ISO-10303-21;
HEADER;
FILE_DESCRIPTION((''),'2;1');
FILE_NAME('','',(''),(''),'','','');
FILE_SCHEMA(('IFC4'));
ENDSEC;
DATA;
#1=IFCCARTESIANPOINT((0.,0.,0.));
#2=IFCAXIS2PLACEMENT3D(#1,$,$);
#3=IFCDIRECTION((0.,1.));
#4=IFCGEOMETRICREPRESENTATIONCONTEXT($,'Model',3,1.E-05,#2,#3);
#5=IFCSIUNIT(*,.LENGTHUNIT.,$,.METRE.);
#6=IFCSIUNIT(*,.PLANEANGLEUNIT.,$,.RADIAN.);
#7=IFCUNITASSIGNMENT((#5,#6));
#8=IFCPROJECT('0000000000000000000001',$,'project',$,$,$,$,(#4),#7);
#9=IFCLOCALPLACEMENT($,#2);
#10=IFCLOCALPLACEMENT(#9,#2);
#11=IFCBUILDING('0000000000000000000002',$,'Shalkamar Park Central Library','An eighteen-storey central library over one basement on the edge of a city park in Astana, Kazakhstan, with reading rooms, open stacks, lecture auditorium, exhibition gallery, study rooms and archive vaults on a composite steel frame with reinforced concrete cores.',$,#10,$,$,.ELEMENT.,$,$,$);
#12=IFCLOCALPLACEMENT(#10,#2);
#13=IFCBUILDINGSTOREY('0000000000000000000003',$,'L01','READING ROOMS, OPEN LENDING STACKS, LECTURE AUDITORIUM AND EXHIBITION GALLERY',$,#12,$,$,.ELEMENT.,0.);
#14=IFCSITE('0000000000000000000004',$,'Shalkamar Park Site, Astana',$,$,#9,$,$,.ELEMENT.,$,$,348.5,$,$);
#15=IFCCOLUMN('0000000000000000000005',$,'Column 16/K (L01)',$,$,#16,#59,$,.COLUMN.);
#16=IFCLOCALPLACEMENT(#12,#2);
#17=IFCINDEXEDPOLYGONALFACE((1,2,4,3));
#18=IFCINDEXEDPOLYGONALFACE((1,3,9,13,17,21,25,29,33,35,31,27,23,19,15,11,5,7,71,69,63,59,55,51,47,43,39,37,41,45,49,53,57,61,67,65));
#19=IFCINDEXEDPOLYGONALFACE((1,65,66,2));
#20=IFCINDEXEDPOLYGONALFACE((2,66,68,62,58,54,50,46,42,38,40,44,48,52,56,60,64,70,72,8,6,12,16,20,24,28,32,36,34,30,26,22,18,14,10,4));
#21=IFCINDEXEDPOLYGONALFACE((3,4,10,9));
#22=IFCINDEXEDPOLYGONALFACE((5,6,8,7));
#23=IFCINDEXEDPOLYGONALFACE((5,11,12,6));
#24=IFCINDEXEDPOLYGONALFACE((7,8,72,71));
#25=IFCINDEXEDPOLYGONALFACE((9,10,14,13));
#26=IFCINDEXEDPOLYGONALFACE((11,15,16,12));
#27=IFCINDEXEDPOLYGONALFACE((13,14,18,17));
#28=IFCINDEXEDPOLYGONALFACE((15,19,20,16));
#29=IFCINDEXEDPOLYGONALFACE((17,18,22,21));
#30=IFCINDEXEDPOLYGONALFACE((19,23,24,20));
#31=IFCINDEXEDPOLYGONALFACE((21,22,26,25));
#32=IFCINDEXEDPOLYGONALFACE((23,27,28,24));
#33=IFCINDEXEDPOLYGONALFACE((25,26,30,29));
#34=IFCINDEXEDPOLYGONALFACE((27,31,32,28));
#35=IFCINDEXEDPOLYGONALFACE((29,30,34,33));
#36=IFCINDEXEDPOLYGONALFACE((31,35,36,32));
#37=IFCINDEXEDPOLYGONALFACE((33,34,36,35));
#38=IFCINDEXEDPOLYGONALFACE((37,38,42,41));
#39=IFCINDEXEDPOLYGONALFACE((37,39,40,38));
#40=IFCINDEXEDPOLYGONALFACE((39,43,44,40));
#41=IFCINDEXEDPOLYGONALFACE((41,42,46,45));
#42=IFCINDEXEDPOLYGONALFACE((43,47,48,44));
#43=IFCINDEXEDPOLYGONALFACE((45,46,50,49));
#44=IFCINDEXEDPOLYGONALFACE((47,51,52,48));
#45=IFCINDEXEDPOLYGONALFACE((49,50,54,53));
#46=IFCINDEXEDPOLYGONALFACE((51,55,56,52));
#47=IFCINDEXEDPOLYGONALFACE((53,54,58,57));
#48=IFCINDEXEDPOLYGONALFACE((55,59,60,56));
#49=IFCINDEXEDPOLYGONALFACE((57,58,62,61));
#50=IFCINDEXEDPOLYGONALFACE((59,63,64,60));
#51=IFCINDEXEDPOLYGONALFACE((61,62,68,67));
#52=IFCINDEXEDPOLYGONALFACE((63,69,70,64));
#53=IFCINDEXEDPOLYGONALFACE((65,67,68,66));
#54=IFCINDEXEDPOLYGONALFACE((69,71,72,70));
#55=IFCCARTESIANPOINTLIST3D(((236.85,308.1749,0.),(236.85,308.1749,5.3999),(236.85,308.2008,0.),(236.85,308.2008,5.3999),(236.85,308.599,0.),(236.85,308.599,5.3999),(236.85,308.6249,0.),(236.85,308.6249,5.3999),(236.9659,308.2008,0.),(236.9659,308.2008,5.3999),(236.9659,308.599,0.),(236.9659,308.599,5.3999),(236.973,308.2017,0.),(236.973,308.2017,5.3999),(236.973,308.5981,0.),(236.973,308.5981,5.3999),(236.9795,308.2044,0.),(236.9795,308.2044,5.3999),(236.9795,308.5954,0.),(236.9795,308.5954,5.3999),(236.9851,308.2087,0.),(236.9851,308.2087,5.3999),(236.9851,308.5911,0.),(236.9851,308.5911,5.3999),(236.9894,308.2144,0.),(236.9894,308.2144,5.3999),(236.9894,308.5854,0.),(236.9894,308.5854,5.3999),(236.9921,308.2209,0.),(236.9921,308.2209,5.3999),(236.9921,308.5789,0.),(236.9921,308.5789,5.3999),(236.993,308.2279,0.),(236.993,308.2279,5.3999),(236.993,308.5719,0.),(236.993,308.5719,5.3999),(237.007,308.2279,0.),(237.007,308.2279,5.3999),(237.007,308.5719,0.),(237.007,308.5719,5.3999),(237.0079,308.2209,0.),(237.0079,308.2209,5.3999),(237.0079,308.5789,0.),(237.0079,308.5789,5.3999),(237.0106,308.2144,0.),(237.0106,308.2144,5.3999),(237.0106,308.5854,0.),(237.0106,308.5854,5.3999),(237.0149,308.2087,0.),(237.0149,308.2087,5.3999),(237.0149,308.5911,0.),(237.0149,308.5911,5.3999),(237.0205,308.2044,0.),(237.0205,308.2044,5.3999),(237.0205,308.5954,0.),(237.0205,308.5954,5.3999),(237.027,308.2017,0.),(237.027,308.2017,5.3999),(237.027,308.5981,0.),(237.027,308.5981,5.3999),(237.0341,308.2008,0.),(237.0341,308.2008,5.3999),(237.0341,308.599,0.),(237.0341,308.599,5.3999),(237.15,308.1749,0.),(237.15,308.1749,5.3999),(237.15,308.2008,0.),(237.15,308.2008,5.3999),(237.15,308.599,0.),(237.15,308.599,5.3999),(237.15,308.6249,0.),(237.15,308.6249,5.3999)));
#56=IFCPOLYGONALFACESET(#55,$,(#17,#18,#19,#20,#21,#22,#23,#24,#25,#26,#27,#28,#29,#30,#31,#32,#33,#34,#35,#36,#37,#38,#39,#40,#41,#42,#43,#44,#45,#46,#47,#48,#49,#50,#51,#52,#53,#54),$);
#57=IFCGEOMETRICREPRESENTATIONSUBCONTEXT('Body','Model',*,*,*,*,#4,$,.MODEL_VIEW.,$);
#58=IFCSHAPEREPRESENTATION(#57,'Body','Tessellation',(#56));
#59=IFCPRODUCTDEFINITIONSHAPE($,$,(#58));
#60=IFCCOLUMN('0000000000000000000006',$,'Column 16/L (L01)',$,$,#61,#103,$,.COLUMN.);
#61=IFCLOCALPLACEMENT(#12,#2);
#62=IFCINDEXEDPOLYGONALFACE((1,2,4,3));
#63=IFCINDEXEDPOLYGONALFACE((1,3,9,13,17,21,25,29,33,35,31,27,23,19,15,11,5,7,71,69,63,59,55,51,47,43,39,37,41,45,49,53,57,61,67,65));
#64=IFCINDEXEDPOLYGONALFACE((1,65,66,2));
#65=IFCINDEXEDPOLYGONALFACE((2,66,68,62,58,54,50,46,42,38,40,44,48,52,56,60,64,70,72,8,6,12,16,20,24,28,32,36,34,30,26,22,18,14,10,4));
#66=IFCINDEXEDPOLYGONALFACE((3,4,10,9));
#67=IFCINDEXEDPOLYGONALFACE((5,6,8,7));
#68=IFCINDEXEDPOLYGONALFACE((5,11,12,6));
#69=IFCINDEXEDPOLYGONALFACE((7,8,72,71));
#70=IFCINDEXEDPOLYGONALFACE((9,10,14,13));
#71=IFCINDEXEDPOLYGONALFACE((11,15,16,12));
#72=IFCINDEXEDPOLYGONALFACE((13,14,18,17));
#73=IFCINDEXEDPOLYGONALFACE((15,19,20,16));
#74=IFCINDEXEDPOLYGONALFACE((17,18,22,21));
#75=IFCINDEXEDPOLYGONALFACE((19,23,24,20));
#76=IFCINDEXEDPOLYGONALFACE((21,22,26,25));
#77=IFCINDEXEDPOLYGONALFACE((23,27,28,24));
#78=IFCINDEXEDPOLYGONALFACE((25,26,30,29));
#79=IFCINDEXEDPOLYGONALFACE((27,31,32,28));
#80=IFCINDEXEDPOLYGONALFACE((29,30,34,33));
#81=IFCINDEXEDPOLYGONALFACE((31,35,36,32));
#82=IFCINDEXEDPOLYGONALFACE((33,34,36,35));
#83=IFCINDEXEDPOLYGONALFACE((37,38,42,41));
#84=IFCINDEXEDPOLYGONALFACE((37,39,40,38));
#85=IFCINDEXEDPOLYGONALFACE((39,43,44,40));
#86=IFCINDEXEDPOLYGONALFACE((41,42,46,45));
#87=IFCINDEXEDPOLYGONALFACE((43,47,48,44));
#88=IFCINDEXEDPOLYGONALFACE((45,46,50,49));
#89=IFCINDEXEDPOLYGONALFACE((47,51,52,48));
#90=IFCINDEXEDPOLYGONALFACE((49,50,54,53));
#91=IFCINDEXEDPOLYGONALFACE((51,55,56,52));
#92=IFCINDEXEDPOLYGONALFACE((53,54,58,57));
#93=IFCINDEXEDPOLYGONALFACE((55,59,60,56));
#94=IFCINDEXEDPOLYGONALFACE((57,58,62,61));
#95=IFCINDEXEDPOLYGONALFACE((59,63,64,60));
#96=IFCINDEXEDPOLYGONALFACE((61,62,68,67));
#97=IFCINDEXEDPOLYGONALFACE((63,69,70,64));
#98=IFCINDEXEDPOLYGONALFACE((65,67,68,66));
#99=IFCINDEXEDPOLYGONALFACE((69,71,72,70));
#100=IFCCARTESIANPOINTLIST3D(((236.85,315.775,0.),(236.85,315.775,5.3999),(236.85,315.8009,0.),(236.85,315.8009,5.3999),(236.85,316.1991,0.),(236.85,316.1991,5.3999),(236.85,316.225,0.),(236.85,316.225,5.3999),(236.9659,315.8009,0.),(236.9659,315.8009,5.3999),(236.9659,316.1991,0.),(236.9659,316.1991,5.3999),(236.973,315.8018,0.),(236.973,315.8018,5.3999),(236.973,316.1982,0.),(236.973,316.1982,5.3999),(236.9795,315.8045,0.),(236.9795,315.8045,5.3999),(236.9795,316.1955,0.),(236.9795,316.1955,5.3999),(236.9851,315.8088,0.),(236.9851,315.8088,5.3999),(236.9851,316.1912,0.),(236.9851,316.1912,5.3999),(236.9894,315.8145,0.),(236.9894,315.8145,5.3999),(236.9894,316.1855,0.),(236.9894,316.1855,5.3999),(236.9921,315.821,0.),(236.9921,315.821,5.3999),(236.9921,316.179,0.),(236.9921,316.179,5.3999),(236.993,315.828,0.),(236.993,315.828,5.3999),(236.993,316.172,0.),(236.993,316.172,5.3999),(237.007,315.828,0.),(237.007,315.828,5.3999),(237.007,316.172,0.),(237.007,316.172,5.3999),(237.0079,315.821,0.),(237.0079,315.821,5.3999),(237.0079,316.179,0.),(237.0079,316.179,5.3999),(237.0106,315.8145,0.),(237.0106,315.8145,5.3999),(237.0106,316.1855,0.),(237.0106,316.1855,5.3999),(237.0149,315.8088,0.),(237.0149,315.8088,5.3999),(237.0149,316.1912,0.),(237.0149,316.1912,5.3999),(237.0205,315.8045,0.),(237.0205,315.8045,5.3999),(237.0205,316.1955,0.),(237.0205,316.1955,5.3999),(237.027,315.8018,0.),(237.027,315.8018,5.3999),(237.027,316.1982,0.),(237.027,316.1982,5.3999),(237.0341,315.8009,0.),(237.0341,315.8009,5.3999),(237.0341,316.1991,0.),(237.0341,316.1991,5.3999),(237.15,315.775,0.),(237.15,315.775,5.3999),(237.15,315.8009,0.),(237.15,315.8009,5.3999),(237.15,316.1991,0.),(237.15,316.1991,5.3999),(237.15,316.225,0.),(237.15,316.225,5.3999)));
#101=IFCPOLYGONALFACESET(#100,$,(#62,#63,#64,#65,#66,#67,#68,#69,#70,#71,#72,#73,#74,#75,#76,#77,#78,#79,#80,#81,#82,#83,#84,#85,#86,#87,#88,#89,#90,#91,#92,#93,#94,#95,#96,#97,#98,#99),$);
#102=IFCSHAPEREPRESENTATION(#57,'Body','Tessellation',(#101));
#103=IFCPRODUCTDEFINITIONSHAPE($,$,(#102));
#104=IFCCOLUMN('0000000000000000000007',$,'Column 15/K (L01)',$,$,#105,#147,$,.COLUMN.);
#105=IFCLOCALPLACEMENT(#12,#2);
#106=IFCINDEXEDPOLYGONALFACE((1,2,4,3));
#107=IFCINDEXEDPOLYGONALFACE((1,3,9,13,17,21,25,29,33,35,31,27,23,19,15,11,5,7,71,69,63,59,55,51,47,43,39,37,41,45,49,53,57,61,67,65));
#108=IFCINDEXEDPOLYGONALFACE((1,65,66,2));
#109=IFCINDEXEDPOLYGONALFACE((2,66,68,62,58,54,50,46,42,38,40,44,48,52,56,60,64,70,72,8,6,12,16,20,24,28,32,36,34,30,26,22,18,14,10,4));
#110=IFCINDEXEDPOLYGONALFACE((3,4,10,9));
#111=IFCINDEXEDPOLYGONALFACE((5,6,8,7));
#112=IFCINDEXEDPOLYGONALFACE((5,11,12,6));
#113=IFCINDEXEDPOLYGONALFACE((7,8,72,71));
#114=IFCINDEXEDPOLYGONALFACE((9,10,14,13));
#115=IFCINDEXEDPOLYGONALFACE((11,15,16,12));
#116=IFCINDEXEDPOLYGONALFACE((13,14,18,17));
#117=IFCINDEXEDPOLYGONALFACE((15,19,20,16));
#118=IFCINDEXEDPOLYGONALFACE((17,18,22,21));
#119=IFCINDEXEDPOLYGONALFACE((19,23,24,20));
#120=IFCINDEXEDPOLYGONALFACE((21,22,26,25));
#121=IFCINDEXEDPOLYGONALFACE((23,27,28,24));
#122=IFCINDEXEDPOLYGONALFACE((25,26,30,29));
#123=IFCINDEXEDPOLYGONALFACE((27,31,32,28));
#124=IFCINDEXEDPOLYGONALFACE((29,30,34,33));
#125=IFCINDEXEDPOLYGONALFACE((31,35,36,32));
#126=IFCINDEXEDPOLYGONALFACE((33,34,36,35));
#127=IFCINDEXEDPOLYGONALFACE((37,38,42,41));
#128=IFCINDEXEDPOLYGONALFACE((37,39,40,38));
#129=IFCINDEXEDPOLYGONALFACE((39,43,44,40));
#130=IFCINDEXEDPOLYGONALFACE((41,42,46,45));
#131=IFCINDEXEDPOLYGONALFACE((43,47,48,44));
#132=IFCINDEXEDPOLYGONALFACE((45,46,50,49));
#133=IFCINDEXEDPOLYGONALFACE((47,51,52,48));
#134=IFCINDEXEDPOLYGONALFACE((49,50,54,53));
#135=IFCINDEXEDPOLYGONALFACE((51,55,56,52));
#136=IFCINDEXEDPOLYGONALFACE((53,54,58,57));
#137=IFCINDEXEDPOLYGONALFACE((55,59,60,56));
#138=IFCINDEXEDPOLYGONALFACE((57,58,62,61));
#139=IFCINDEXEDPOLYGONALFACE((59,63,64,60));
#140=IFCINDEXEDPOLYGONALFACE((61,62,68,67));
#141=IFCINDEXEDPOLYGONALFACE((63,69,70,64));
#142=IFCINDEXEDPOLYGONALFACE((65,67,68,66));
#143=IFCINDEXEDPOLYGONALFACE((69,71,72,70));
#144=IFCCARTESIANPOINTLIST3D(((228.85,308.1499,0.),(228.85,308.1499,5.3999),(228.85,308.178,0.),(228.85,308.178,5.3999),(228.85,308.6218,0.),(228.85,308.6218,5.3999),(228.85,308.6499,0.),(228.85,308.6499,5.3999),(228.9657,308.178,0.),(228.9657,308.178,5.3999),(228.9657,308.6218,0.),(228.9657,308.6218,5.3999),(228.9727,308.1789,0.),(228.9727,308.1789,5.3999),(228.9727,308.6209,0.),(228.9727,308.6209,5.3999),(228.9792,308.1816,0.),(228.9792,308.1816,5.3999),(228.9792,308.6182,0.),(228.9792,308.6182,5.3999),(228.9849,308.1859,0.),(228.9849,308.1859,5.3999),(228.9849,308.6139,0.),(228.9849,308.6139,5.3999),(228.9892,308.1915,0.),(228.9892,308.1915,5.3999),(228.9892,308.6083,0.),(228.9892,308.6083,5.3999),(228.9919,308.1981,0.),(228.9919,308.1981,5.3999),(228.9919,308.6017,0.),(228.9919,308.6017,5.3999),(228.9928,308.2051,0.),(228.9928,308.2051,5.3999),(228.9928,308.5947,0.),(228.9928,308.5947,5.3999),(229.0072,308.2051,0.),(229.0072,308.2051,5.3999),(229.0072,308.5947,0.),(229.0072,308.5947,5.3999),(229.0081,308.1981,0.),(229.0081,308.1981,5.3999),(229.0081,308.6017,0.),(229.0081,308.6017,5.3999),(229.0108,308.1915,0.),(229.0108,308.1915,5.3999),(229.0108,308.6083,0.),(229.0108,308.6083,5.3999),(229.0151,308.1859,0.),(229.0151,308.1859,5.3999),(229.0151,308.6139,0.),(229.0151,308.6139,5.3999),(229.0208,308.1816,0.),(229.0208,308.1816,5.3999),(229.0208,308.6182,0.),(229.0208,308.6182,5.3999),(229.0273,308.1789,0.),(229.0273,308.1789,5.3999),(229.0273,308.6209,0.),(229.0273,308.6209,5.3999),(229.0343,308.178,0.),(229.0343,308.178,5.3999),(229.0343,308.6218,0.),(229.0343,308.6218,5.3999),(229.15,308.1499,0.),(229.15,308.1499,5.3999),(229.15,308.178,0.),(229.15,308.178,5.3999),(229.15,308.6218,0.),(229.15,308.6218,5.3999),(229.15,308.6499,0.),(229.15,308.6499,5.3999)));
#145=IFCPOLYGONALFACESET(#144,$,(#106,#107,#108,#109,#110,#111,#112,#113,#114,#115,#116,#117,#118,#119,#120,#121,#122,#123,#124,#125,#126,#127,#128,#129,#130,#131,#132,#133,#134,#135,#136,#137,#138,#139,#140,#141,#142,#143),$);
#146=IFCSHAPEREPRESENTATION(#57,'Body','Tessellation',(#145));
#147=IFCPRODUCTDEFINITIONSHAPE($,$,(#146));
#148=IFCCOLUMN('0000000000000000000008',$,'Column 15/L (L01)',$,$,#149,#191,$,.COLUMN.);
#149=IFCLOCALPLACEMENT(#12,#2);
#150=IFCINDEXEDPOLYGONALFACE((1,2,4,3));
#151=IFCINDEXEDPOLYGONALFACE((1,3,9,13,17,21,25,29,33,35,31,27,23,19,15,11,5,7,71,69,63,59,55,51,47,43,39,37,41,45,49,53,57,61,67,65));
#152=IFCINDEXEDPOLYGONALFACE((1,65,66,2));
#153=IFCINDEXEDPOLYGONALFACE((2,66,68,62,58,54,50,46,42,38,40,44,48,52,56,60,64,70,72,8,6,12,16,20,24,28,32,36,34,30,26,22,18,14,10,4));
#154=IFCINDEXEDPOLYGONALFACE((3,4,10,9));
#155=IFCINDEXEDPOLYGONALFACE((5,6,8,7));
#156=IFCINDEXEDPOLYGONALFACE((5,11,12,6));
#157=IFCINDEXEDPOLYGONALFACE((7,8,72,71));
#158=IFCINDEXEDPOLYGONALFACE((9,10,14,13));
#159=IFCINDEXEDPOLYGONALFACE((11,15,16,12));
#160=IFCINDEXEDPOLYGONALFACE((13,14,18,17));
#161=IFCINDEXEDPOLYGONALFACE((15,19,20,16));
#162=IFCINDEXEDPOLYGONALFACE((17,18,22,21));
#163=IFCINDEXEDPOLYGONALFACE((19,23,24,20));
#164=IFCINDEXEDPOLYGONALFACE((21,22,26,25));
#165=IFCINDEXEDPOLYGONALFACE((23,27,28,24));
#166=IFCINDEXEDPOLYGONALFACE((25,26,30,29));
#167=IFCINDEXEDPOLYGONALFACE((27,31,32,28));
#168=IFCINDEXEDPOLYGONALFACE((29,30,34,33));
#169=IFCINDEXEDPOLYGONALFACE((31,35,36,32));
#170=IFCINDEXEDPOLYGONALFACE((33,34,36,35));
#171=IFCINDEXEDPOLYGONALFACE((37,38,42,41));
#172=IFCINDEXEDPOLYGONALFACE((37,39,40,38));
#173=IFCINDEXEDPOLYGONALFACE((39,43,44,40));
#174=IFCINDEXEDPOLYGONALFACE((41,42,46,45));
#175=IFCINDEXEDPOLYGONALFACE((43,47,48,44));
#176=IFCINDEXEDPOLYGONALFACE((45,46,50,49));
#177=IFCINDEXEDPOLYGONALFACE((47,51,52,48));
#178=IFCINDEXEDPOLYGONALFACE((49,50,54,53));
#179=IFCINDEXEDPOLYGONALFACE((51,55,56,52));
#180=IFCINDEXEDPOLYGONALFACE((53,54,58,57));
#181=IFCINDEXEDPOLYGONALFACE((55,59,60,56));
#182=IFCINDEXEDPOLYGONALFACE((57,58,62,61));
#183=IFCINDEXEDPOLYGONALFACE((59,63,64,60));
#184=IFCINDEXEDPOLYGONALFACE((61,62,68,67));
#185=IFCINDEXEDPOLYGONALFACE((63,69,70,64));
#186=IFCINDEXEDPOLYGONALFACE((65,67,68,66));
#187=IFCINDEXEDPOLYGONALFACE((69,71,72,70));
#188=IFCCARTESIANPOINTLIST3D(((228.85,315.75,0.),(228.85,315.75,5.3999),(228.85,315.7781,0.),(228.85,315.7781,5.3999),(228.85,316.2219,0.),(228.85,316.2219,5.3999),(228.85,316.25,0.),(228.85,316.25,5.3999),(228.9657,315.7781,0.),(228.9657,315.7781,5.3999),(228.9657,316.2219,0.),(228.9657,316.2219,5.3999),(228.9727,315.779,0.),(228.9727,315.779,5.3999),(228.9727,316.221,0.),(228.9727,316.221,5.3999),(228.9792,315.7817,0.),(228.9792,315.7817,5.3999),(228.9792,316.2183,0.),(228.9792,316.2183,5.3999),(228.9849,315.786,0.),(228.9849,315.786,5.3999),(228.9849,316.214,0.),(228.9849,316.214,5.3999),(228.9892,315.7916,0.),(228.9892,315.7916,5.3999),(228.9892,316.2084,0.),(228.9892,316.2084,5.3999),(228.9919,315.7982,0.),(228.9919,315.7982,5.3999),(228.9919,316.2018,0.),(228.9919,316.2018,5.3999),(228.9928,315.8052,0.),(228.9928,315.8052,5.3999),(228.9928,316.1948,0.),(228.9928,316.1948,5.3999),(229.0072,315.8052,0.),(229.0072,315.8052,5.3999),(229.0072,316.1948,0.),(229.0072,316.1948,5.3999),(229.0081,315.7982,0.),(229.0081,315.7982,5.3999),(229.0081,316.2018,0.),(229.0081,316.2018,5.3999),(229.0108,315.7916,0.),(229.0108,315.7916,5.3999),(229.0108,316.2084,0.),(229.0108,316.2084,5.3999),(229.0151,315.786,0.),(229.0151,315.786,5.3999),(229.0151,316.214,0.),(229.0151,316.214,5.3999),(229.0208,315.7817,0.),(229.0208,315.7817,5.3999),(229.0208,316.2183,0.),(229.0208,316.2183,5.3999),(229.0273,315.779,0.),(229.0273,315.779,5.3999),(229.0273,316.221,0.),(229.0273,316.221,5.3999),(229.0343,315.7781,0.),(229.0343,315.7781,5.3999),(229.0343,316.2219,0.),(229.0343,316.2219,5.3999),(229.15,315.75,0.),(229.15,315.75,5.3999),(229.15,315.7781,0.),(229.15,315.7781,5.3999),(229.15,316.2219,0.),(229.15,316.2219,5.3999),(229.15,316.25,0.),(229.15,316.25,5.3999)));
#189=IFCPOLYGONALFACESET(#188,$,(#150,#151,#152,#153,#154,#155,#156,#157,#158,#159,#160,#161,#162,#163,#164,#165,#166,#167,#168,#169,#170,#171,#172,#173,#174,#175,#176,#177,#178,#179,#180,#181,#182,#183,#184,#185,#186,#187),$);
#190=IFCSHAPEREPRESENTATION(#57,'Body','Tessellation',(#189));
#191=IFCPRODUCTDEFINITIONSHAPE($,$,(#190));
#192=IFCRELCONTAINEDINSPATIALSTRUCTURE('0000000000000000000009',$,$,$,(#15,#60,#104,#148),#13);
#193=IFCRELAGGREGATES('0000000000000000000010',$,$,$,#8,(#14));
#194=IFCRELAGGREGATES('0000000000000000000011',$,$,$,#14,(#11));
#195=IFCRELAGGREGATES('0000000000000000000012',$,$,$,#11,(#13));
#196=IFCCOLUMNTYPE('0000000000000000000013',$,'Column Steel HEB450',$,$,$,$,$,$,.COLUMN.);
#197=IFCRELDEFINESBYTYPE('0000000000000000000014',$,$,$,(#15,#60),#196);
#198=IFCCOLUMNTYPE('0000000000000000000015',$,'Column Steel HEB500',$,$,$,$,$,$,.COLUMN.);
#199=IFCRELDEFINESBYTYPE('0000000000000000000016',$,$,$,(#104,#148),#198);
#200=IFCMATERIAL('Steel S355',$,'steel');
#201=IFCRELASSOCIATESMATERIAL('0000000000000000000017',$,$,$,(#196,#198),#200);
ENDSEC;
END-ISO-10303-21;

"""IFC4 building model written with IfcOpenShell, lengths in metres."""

from ifc_helpers import new_model, si_unit, direction, frame, origin, origin_2d, place, context, subcontext, project, spatial, i_section, extrude, material, material_profile, profile_set, type_object, element, save


model = new_model("IFC4")

# Units and contexts
model_context = context("Model", 3, precision=1e-05, world=origin(), true_north=direction((0.0, 1.0)))
body_context = subcontext(model_context, "Body", "Model", "MODEL_VIEW")
ifc_project = project(units=[si_unit("LENGTHUNIT", "METRE"), si_unit("PLANEANGLEUNIT", "RADIAN")], contexts=[model_context])

# Site, building, storey
site_placement = place(None, origin())
site = spatial("IfcSite", under=ifc_project, at=site_placement, Name="Shalkamar Park Site, Astana", CompositionType="ELEMENT", RefElevation=348.5)
building_placement = place(site_placement, origin())
building = spatial("IfcBuilding", under=site, at=building_placement, Name="Shalkamar Park Central Library", Description="An eighteen-storey central library over one basement on the edge of a city park in Astana, Kazakhstan, with reading rooms, open stacks, lecture auditorium, exhibition gallery, study rooms and archive vaults on a composite steel frame with reinforced concrete cores.", CompositionType="ELEMENT")
storey_placement = place(building_placement, origin())
storey = spatial("IfcBuildingStorey", under=building, at=storey_placement, Name="L01", Description="READING ROOMS, OPEN LENDING STACKS, LECTURE AUDITORIUM AND EXHIBITION GALLERY", CompositionType="ELEMENT", Elevation=0.0)

# Columns
ifc_material_1 = material(Name="Steel S355", Category="steel")
ifc_material_profile_1 = material_profile(ifc_material_1, i_section(OverallWidth=0.3, OverallDepth=0.45, WebThickness=0.0139, FlangeThickness=0.0259, FilletRadius=0.0271, at=origin_2d()), Name="HEB 450")
ifc_profile_set_1 = profile_set([ifc_material_profile_1], Name="Steel S355")
column_type_1 = type_object("IfcColumnType", Name="Column Steel HEB450", PredefinedType="COLUMN", material=ifc_profile_set_1)
for number, where, z_axis, x_axis, name in (
    (1, (237.0, 308.3999, 0.0), (0.0, 0.0, 1.0), (1.0, 0.0, 0.0), "Column 16/K (L01)"),
    (2, (237.0, 316.0, 0.0), (0.0, 0.0, 1.0), (1.0, 0.0, 0.0), "Column 16/L (L01)"),
):
    element("IfcColumn", number, at=place(storey_placement, frame(where, z_axis=z_axis, x_axis=x_axis)), inside=storey, type_object=column_type_1, Name=name, PredefinedType="COLUMN", context=body_context, shape_type="SweptSolid", body=[
        extrude(i_section(OverallWidth=0.3, OverallDepth=0.45, WebThickness=0.0139, FlangeThickness=0.0259, FilletRadius=0.0271, at=origin_2d()), origin(), (0.0, 0.0, 1.0), 5.3999),
    ])
ifc_material_profile_2 = material_profile(ifc_material_1, i_section(OverallWidth=0.3, OverallDepth=0.5, WebThickness=0.0144, FlangeThickness=0.0281, FilletRadius=0.0271, at=origin_2d()), Name="HEB 500")
ifc_profile_set_2 = profile_set([ifc_material_profile_2], Name="Steel S355")
column_type_2 = type_object("IfcColumnType", Name="Column Steel HEB500", PredefinedType="COLUMN", material=ifc_profile_set_2)
for number, where, z_axis, x_axis, name in (
    (3, (229.0, 308.3999, 0.0), (0.0, 0.0, 1.0), (1.0, 0.0, 0.0), "Column 15/K (L01)"),
    (4, (229.0, 316.0, 0.0), (0.0, 0.0, 1.0), (1.0, 0.0, 0.0), "Column 15/L (L01)"),
):
    element("IfcColumn", number, at=place(storey_placement, frame(where, z_axis=z_axis, x_axis=x_axis)), inside=storey, type_object=column_type_2, Name=name, PredefinedType="COLUMN", context=body_context, shape_type="SweptSolid", body=[
        extrude(i_section(OverallWidth=0.3, OverallDepth=0.5, WebThickness=0.0144, FlangeThickness=0.0281, FilletRadius=0.0271, at=origin_2d()), origin(), (0.0, 0.0, 1.0), 5.3999),
    ])

save(model, "model.ifc")
